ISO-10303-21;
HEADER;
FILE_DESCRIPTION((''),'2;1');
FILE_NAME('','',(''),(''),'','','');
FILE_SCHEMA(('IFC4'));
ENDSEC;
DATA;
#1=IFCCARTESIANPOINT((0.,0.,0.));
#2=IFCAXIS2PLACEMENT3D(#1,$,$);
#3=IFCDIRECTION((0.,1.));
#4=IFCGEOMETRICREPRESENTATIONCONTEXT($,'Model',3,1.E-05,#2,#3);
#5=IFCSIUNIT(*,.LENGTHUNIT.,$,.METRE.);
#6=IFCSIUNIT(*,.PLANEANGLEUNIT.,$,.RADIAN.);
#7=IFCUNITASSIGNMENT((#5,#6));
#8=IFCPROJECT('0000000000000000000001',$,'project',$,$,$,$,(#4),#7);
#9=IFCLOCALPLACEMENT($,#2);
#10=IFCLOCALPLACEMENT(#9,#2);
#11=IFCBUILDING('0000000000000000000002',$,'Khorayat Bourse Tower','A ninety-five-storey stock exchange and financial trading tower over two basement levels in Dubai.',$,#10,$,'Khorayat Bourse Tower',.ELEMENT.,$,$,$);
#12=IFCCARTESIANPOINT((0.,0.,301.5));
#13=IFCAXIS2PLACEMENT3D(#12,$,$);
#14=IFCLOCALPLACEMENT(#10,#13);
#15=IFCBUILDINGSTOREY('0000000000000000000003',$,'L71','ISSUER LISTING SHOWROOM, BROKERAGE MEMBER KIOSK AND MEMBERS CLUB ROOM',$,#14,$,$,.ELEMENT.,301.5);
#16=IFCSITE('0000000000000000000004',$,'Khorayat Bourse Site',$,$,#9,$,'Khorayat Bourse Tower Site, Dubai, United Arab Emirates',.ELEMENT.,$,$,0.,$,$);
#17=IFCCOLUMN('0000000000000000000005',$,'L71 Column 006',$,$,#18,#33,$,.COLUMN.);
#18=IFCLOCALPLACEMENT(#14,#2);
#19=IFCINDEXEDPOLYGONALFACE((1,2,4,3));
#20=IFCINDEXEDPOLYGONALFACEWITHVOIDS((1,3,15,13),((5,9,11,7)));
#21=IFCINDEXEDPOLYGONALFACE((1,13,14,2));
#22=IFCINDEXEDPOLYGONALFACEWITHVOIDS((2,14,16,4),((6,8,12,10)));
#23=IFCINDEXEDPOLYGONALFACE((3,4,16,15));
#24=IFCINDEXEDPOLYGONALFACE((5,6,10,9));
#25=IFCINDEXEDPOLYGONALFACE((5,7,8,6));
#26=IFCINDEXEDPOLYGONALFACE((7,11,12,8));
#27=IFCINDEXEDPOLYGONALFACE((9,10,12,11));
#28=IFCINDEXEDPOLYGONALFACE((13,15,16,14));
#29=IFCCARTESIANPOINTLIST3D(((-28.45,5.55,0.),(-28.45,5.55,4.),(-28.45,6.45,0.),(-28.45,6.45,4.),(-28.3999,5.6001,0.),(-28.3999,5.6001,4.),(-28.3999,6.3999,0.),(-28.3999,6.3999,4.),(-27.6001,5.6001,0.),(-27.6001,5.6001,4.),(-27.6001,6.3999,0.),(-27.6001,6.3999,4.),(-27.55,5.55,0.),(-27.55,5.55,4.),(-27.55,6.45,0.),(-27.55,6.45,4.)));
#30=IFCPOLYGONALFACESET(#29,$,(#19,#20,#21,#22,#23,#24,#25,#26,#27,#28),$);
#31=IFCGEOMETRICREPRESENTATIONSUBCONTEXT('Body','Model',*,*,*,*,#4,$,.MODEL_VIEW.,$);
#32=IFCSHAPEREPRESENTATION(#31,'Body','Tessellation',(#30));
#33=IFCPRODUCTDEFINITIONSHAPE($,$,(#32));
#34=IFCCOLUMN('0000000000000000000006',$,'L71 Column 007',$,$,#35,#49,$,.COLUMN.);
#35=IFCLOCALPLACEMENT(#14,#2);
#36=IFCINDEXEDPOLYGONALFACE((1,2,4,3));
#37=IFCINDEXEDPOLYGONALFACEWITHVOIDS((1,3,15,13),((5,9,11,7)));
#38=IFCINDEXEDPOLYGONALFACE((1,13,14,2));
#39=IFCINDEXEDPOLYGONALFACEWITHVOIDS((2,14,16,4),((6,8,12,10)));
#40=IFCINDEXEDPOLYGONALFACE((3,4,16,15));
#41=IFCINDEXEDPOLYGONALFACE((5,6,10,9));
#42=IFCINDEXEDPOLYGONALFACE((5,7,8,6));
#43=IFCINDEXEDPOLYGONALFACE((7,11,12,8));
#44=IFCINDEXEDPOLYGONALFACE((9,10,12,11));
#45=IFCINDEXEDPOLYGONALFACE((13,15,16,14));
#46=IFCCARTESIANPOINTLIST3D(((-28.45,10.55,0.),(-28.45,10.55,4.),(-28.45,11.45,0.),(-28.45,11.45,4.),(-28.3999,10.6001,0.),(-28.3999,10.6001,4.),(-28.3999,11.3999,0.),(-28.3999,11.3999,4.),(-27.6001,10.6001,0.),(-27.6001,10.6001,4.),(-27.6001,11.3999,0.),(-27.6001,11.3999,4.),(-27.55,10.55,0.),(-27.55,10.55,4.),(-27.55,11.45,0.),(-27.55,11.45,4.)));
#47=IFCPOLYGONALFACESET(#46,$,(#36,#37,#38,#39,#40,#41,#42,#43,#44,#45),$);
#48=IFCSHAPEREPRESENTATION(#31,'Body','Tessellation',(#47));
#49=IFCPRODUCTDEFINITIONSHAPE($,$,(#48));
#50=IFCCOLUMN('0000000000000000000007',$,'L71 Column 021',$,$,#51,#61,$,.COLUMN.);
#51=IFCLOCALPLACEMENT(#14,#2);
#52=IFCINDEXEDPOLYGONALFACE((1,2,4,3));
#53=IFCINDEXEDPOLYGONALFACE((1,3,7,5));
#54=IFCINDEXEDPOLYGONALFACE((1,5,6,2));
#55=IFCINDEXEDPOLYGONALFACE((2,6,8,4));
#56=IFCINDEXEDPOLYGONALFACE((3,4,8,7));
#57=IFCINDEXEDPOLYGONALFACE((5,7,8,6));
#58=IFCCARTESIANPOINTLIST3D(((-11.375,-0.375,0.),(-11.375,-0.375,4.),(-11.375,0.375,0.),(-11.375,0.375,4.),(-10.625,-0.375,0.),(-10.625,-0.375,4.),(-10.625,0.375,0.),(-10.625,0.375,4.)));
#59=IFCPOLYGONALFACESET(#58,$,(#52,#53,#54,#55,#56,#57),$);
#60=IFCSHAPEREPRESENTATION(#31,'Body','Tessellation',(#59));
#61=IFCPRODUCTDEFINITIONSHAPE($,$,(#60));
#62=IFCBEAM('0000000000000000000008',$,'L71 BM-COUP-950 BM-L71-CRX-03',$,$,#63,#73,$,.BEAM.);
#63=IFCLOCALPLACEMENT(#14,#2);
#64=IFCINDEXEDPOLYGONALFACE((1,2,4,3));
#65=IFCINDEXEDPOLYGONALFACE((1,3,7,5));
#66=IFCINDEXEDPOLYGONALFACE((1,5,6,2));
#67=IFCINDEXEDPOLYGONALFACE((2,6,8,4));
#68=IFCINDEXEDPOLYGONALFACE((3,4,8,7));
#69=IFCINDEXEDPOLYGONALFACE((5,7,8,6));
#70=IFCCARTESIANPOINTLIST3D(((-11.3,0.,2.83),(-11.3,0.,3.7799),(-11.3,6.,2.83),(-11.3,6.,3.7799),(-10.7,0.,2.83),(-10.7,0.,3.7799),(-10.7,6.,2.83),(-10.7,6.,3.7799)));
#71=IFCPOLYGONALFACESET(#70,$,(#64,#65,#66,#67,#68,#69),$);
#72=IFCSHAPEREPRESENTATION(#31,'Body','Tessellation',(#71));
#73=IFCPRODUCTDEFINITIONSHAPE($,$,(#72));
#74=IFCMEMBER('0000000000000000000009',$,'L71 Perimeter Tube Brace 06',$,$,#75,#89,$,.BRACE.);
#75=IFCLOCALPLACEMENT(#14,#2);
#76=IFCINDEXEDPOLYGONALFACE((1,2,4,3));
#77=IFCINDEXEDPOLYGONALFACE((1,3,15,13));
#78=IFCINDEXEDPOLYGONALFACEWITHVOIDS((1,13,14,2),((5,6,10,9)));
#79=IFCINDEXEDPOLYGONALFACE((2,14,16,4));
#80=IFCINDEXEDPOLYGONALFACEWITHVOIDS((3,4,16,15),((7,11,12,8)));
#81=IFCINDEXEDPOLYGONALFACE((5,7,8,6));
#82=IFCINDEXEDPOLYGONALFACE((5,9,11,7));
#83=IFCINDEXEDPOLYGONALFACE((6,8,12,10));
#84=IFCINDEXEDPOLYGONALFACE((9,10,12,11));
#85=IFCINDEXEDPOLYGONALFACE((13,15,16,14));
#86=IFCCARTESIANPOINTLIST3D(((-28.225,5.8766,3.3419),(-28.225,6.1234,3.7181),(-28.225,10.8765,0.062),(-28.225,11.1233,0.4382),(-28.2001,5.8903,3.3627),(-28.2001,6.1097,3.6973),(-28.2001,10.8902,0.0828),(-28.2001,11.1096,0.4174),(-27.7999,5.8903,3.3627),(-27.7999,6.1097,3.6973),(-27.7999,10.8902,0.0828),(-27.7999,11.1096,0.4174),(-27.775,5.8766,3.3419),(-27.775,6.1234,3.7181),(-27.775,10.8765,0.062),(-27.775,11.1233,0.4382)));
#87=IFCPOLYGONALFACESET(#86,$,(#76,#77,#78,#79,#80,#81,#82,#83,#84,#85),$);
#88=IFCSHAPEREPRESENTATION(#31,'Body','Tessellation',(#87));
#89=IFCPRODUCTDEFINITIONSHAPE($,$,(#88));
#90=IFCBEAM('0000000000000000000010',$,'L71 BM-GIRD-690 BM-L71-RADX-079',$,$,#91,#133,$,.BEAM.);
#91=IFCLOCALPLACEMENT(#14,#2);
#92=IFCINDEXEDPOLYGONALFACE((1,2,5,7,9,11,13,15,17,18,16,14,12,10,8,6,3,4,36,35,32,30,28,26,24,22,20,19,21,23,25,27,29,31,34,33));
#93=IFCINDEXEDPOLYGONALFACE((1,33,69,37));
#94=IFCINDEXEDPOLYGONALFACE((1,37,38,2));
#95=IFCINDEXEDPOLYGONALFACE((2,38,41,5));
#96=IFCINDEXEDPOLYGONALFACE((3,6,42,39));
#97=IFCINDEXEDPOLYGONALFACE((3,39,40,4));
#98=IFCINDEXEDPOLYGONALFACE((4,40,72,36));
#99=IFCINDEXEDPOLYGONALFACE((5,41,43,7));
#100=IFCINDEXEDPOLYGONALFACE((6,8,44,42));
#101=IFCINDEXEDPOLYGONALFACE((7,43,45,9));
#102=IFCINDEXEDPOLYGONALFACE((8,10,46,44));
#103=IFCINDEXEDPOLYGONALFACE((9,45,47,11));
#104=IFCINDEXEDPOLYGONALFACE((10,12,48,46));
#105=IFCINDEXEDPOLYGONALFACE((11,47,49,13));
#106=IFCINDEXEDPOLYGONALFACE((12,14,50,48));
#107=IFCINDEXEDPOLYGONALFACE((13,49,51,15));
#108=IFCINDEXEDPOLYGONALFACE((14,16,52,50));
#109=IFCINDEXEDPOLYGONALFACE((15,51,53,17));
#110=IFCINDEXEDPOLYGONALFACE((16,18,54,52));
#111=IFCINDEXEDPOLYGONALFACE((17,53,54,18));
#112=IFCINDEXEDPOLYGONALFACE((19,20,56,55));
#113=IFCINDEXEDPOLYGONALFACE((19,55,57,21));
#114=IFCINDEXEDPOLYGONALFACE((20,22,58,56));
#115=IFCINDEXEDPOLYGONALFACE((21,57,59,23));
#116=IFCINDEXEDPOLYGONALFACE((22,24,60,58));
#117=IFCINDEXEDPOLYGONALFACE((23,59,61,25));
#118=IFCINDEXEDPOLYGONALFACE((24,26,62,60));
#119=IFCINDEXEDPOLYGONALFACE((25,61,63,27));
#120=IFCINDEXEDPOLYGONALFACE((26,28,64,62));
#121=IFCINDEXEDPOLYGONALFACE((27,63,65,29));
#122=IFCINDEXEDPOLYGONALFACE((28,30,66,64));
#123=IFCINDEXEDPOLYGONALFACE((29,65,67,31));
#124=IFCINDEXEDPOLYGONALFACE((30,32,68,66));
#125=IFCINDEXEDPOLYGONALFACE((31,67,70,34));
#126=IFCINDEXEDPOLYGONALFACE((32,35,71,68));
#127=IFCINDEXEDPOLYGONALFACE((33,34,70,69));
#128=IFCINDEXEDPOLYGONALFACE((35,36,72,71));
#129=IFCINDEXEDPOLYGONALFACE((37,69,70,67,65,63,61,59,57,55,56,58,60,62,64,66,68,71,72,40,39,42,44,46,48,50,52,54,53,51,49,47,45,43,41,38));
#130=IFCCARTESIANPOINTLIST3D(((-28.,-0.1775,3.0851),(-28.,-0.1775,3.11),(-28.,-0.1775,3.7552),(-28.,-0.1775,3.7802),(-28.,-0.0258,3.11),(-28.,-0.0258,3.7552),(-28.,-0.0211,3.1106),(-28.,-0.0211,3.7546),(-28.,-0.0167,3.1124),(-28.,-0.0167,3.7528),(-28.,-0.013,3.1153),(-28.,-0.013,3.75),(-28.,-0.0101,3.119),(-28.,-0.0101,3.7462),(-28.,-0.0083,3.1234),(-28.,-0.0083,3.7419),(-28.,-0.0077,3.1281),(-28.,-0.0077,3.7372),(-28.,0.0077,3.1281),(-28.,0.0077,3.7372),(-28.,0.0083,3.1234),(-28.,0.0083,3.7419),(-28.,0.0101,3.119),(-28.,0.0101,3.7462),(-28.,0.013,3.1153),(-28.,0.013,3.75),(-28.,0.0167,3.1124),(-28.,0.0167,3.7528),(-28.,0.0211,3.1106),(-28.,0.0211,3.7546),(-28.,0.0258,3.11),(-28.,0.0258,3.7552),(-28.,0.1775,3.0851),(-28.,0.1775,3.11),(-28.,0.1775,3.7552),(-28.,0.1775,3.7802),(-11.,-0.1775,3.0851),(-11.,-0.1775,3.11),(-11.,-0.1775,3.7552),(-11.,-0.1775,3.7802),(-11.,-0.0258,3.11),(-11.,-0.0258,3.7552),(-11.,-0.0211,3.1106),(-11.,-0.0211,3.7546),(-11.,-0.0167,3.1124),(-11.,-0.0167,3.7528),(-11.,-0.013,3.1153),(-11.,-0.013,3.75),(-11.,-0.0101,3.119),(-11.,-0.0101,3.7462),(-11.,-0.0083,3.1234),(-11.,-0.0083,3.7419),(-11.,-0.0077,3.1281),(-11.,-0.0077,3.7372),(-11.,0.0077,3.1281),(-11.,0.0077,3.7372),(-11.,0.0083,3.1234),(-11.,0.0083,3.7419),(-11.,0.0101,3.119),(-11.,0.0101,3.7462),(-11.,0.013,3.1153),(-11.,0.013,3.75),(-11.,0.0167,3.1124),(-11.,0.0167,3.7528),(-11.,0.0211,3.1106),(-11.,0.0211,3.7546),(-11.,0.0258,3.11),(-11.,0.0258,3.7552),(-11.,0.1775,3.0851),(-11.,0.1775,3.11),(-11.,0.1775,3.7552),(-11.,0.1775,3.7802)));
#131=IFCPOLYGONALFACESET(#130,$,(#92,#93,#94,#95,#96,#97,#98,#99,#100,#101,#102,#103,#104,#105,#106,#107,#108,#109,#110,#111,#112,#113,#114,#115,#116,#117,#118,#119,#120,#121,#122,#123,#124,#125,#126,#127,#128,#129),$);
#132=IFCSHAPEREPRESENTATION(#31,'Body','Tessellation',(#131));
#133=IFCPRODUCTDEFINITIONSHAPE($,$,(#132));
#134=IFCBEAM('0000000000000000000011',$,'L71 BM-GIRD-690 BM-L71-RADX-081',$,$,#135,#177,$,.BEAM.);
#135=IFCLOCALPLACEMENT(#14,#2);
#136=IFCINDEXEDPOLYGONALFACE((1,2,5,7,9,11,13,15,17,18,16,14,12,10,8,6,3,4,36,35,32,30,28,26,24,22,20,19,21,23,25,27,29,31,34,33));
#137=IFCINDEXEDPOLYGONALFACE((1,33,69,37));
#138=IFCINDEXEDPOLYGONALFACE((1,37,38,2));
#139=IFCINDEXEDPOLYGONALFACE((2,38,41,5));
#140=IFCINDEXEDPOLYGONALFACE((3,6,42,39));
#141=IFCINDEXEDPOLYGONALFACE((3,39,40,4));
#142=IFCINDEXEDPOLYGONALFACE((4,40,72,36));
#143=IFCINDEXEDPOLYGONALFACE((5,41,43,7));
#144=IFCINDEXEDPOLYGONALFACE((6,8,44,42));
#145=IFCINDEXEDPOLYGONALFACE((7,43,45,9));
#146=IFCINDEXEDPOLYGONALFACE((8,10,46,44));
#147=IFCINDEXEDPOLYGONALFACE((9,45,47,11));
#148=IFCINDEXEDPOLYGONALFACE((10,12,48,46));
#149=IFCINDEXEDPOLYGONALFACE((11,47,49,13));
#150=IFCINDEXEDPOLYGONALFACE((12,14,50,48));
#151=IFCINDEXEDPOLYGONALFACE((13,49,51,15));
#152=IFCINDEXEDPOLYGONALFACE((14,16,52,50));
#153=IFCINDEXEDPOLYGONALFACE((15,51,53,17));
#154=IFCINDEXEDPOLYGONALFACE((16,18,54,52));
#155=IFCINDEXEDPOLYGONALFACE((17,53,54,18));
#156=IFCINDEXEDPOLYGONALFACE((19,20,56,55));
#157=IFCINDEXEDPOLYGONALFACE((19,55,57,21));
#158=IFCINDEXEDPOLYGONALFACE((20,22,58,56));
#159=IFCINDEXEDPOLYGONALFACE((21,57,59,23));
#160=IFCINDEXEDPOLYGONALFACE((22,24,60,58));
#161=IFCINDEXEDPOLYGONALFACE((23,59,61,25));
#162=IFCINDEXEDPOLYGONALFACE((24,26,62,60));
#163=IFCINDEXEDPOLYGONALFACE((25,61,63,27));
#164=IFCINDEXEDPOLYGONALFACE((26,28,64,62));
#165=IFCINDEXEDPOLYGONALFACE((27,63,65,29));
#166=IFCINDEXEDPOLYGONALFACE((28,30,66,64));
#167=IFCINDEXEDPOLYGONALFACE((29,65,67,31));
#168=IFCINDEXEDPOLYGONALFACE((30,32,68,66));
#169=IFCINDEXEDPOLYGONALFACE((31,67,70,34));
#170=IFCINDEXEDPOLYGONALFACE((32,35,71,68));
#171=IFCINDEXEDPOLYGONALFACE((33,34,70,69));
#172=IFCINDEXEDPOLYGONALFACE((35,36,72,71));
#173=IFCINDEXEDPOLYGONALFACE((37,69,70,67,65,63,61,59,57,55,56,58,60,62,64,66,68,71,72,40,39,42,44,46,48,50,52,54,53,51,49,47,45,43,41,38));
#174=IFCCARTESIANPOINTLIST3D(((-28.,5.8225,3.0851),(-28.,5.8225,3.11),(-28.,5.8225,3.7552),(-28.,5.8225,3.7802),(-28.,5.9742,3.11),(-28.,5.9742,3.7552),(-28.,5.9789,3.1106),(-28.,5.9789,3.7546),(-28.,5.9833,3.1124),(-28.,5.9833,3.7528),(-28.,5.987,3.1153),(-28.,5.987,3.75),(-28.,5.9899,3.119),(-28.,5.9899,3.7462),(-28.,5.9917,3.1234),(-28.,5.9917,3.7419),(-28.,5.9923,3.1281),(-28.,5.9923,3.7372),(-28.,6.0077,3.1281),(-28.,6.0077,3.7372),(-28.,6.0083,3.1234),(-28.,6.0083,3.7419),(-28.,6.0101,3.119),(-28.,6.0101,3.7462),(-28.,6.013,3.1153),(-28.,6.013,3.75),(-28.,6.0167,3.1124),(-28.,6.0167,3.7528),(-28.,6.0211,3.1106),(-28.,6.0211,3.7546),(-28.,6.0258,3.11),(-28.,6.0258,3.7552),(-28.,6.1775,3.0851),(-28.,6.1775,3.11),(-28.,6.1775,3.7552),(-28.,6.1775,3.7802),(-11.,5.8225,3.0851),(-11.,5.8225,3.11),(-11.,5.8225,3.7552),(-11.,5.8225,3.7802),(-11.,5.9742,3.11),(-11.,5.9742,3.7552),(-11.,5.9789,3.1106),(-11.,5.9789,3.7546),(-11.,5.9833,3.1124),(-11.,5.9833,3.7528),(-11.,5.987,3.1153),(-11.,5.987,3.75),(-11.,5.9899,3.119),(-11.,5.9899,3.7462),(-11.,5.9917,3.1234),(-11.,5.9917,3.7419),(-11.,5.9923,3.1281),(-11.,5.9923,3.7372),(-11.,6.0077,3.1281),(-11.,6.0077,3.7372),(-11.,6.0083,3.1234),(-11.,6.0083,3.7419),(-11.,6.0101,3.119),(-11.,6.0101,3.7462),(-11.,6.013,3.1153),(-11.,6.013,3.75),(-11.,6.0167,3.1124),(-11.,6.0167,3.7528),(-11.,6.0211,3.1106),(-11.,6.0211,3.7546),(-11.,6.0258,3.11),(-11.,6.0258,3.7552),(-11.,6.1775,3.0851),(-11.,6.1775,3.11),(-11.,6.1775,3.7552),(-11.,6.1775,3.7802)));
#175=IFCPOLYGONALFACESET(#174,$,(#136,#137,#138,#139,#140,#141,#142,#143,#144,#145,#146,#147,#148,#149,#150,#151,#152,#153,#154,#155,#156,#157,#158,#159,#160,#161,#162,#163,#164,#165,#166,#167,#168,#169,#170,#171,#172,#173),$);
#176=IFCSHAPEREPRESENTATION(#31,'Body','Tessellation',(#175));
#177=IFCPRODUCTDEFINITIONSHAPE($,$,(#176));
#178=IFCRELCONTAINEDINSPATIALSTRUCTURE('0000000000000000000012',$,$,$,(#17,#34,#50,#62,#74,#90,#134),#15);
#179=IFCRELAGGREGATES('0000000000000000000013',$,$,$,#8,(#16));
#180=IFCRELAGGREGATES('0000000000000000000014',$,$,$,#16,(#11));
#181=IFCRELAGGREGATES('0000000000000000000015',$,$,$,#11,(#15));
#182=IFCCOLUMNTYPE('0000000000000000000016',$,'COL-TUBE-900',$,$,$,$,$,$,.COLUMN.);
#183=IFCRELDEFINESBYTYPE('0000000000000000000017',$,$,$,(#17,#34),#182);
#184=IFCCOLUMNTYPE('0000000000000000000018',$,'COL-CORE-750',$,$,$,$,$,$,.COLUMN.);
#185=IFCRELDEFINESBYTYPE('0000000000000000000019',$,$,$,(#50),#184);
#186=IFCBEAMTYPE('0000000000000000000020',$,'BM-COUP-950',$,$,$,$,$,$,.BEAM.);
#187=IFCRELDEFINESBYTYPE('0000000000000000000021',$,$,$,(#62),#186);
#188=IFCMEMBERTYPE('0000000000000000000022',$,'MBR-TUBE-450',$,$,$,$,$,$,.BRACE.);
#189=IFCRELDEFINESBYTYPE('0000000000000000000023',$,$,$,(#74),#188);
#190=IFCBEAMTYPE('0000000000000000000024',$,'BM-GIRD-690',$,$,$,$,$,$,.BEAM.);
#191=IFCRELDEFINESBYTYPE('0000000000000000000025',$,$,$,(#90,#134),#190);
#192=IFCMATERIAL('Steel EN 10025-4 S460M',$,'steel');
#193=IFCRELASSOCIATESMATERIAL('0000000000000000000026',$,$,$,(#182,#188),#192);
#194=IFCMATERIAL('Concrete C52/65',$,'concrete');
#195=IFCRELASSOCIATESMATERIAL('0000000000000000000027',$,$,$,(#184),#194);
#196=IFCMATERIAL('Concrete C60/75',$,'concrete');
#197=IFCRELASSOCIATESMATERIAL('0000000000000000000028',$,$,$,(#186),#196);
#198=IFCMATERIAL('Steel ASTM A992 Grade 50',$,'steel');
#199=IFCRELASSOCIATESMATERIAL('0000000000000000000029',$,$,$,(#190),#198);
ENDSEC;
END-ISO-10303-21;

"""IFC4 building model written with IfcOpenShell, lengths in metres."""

from ifc_helpers import new_model, si_unit, direction, frame, origin, origin_2d, place, context, subcontext, project, spatial, rectangle, hollow_rectangle, i_section, extrude, source, transform, mapped, material, material_profile, profile_set, type_object, element, save


model = new_model("IFC4")

# Units and contexts
model_context = context("Model", 3, precision=1e-05, world=origin(), true_north=direction((0.0, 1.0)))
body_context = subcontext(model_context, "Body", "Model", "MODEL_VIEW")
ifc_project = project(units=[si_unit("LENGTHUNIT", "METRE"), si_unit("PLANEANGLEUNIT", "RADIAN")], contexts=[model_context])

# Site, building, storey
site_placement = place(None, origin())
site = spatial("IfcSite", under=ifc_project, at=site_placement, Name="Khorayat Bourse Site", LongName="Khorayat Bourse Tower Site, Dubai, United Arab Emirates", CompositionType="ELEMENT", RefElevation=0.0)
building_placement = place(site_placement, origin())
building = spatial("IfcBuilding", under=site, at=building_placement, Name="Khorayat Bourse Tower", Description="A ninety-five-storey stock exchange and financial trading tower over two basement levels in Dubai.", LongName="Khorayat Bourse Tower", CompositionType="ELEMENT")
storey_placement = place(building_placement, frame((0.0, 0.0, 301.5)))
storey = spatial("IfcBuildingStorey", under=building, at=storey_placement, Name="L71", Description="ISSUER LISTING SHOWROOM, BROKERAGE MEMBER KIOSK AND MEMBERS CLUB ROOM", CompositionType="ELEMENT", Elevation=301.5)

# Columns
ifc_material_1 = material(Name="Steel EN 10025-4 S460M", Category="steel")
ifc_material_profile_1 = material_profile(ifc_material_1, hollow_rectangle(XDim=0.8999, YDim=0.8999, WallThickness=0.05, at=origin_2d()), Name="BOX 900x900x50")
ifc_profile_set_1 = profile_set([ifc_material_profile_1], Name="Steel EN 10025-4 S460M")
column_type_1 = type_object("IfcColumnType", Name="COL-TUBE-900", PredefinedType="COLUMN", material=ifc_profile_set_1)
shared_shape_1 = source(origin(), body_context, "Body", "SweptSolid", [
    extrude(hollow_rectangle(XDim=0.8999, YDim=0.8999, WallThickness=0.05, at=origin_2d()), origin(), (0.0, 0.0, 1.0), 4.0),
])
for number, where, z_axis, x_axis, name in (
    (1, (-28.0, 6.0, 0.0), (0.0, 0.0, 1.0), (1.0, 0.0, 0.0), "L71 Column 006"),
    (2, (-28.0, 11.0, 0.0), (0.0, 0.0, 1.0), (1.0, 0.0, 0.0), "L71 Column 007"),
):
    element("IfcColumn", number, at=place(storey_placement, frame(where, z_axis=z_axis, x_axis=x_axis)), inside=storey, type_object=column_type_1, Name=name, PredefinedType="COLUMN", context=body_context, shape_type="MappedRepresentation", body=[
        mapped(shared_shape_1, transform((0.0, 0.0, 0.0), scale=1.0)),
    ])
ifc_material_2 = material(Name="Concrete C52/65", Category="concrete")
ifc_material_profile_2 = material_profile(ifc_material_2, rectangle(XDim=0.75, YDim=0.75, at=origin_2d()), Name="RC 750x750")
ifc_profile_set_2 = profile_set([ifc_material_profile_2], Name="Concrete C52/65")
column_type_2 = type_object("IfcColumnType", Name="COL-CORE-750", PredefinedType="COLUMN", material=ifc_profile_set_2)
shared_shape_2 = source(origin(), body_context, "Body", "SweptSolid", [
    extrude(rectangle(XDim=0.75, YDim=0.75, at=origin_2d()), origin(), (0.0, 0.0, 1.0), 4.0),
])
column_placement = place(storey_placement, frame((-11.0, 0.0, 0.0), z_axis=(0.0, 0.0, 1.0), x_axis=(1.0, 0.0, 0.0)))
element("IfcColumn", 3, at=column_placement, inside=storey, type_object=column_type_2, Name="L71 Column 021", PredefinedType="COLUMN", context=body_context, shape_type="MappedRepresentation", body=[
    mapped(shared_shape_2, transform((0.0, 0.0, 0.0), scale=1.0)),
])

# Beam
ifc_material_3 = material(Name="Concrete C60/75", Category="concrete")
ifc_material_profile_3 = material_profile(ifc_material_3, rectangle(XDim=0.6001, YDim=0.95, at=origin_2d()), Name="RC 600x950")
ifc_profile_set_3 = profile_set([ifc_material_profile_3], Name="Concrete C60/75")
beam_type_1 = type_object("IfcBeamType", Name="BM-COUP-950", PredefinedType="BEAM", material=ifc_profile_set_3)
shared_shape_3 = source(origin(), body_context, "Body", "SweptSolid", [
    extrude(rectangle(XDim=0.6001, YDim=0.95, at=origin_2d()), origin(), (0.0, 0.0, 1.0), 6.0),
])
beam_1_placement = place(storey_placement, frame((-11.0, 0.0, 3.3049), z_axis=(0.0, 1.0, 0.0), x_axis=(-1.0, 0.0, 0.0)))
element("IfcBeam", 4, at=beam_1_placement, inside=storey, type_object=beam_type_1, Name="L71 BM-COUP-950 BM-L71-CRX-03", PredefinedType="BEAM", context=body_context, shape_type="MappedRepresentation", body=[
    mapped(shared_shape_3, transform((0.0, 0.0, 0.0), scale=1.0)),
])

# Member
ifc_material_profile_4 = material_profile(ifc_material_1, hollow_rectangle(XDim=0.45, YDim=0.45, WallThickness=0.0249, at=origin_2d()), Name="HSS 450x450x25")
ifc_profile_set_4 = profile_set([ifc_material_profile_4], Name="Steel EN 10025-4 S460M")
member_type_1 = type_object("IfcMemberType", Name="MBR-TUBE-450", PredefinedType="BRACE", material=ifc_profile_set_4)
shared_shape_4 = source(origin(), body_context, "Body", "SweptSolid", [
    extrude(hollow_rectangle(XDim=0.45, YDim=0.45, WallThickness=0.0249, at=origin_2d()), origin(), (0.0, 0.0, 1.0), 5.9797),
])
member_1_placement = place(storey_placement, frame((-28.0, 6.0, 3.53), z_axis=(0.0, 0.836142, -0.548514), x_axis=(-1.0, 0.0, 0.0)))
element("IfcMember", 5, at=member_1_placement, inside=storey, type_object=member_type_1, Name="L71 Perimeter Tube Brace 06", PredefinedType="BRACE", context=body_context, shape_type="MappedRepresentation", body=[
    mapped(shared_shape_4, transform((0.0, 0.0, 0.0), scale=1.0)),
])

# Beams
ifc_material_4 = material(Name="Steel ASTM A992 Grade 50", Category="steel")
ifc_material_profile_5 = material_profile(ifc_material_4, i_section(OverallWidth=0.355, OverallDepth=0.6951, WebThickness=0.0154, FlangeThickness=0.0249, FilletRadius=0.0181, at=origin_2d()), Name="W690X217")
ifc_profile_set_5 = profile_set([ifc_material_profile_5], Name="Steel ASTM A992 Grade 50")
beam_type_2 = type_object("IfcBeamType", Name="BM-GIRD-690", PredefinedType="BEAM", material=ifc_profile_set_5)
shared_shape_5 = source(origin(), body_context, "Body", "SweptSolid", [
    extrude(i_section(OverallWidth=0.355, OverallDepth=0.6951, WebThickness=0.0154, FlangeThickness=0.0249, FilletRadius=0.0181, at=origin_2d()), origin(), (0.0, 0.0, 1.0), 17.0),
])
for number, where, z_axis, x_axis, name in (
    (6, (-28.0, 0.0, 3.4326), (1.0, 0.0, 0.0), (0.0, 1.0, 0.0), "L71 BM-GIRD-690 BM-L71-RADX-079"),
    (7, (-28.0, 6.0, 3.4326), (1.0, 0.0, 0.0), (0.0, 1.0, 0.0), "L71 BM-GIRD-690 BM-L71-RADX-081"),
):
    element("IfcBeam", number, at=place(storey_placement, frame(where, z_axis=z_axis, x_axis=x_axis)), inside=storey, type_object=beam_type_2, Name=name, PredefinedType="BEAM", context=body_context, shape_type="MappedRepresentation", body=[
        mapped(shared_shape_5, transform((0.0, 0.0, 0.0), scale=1.0)),
    ])

save(model, "model.ifc")
